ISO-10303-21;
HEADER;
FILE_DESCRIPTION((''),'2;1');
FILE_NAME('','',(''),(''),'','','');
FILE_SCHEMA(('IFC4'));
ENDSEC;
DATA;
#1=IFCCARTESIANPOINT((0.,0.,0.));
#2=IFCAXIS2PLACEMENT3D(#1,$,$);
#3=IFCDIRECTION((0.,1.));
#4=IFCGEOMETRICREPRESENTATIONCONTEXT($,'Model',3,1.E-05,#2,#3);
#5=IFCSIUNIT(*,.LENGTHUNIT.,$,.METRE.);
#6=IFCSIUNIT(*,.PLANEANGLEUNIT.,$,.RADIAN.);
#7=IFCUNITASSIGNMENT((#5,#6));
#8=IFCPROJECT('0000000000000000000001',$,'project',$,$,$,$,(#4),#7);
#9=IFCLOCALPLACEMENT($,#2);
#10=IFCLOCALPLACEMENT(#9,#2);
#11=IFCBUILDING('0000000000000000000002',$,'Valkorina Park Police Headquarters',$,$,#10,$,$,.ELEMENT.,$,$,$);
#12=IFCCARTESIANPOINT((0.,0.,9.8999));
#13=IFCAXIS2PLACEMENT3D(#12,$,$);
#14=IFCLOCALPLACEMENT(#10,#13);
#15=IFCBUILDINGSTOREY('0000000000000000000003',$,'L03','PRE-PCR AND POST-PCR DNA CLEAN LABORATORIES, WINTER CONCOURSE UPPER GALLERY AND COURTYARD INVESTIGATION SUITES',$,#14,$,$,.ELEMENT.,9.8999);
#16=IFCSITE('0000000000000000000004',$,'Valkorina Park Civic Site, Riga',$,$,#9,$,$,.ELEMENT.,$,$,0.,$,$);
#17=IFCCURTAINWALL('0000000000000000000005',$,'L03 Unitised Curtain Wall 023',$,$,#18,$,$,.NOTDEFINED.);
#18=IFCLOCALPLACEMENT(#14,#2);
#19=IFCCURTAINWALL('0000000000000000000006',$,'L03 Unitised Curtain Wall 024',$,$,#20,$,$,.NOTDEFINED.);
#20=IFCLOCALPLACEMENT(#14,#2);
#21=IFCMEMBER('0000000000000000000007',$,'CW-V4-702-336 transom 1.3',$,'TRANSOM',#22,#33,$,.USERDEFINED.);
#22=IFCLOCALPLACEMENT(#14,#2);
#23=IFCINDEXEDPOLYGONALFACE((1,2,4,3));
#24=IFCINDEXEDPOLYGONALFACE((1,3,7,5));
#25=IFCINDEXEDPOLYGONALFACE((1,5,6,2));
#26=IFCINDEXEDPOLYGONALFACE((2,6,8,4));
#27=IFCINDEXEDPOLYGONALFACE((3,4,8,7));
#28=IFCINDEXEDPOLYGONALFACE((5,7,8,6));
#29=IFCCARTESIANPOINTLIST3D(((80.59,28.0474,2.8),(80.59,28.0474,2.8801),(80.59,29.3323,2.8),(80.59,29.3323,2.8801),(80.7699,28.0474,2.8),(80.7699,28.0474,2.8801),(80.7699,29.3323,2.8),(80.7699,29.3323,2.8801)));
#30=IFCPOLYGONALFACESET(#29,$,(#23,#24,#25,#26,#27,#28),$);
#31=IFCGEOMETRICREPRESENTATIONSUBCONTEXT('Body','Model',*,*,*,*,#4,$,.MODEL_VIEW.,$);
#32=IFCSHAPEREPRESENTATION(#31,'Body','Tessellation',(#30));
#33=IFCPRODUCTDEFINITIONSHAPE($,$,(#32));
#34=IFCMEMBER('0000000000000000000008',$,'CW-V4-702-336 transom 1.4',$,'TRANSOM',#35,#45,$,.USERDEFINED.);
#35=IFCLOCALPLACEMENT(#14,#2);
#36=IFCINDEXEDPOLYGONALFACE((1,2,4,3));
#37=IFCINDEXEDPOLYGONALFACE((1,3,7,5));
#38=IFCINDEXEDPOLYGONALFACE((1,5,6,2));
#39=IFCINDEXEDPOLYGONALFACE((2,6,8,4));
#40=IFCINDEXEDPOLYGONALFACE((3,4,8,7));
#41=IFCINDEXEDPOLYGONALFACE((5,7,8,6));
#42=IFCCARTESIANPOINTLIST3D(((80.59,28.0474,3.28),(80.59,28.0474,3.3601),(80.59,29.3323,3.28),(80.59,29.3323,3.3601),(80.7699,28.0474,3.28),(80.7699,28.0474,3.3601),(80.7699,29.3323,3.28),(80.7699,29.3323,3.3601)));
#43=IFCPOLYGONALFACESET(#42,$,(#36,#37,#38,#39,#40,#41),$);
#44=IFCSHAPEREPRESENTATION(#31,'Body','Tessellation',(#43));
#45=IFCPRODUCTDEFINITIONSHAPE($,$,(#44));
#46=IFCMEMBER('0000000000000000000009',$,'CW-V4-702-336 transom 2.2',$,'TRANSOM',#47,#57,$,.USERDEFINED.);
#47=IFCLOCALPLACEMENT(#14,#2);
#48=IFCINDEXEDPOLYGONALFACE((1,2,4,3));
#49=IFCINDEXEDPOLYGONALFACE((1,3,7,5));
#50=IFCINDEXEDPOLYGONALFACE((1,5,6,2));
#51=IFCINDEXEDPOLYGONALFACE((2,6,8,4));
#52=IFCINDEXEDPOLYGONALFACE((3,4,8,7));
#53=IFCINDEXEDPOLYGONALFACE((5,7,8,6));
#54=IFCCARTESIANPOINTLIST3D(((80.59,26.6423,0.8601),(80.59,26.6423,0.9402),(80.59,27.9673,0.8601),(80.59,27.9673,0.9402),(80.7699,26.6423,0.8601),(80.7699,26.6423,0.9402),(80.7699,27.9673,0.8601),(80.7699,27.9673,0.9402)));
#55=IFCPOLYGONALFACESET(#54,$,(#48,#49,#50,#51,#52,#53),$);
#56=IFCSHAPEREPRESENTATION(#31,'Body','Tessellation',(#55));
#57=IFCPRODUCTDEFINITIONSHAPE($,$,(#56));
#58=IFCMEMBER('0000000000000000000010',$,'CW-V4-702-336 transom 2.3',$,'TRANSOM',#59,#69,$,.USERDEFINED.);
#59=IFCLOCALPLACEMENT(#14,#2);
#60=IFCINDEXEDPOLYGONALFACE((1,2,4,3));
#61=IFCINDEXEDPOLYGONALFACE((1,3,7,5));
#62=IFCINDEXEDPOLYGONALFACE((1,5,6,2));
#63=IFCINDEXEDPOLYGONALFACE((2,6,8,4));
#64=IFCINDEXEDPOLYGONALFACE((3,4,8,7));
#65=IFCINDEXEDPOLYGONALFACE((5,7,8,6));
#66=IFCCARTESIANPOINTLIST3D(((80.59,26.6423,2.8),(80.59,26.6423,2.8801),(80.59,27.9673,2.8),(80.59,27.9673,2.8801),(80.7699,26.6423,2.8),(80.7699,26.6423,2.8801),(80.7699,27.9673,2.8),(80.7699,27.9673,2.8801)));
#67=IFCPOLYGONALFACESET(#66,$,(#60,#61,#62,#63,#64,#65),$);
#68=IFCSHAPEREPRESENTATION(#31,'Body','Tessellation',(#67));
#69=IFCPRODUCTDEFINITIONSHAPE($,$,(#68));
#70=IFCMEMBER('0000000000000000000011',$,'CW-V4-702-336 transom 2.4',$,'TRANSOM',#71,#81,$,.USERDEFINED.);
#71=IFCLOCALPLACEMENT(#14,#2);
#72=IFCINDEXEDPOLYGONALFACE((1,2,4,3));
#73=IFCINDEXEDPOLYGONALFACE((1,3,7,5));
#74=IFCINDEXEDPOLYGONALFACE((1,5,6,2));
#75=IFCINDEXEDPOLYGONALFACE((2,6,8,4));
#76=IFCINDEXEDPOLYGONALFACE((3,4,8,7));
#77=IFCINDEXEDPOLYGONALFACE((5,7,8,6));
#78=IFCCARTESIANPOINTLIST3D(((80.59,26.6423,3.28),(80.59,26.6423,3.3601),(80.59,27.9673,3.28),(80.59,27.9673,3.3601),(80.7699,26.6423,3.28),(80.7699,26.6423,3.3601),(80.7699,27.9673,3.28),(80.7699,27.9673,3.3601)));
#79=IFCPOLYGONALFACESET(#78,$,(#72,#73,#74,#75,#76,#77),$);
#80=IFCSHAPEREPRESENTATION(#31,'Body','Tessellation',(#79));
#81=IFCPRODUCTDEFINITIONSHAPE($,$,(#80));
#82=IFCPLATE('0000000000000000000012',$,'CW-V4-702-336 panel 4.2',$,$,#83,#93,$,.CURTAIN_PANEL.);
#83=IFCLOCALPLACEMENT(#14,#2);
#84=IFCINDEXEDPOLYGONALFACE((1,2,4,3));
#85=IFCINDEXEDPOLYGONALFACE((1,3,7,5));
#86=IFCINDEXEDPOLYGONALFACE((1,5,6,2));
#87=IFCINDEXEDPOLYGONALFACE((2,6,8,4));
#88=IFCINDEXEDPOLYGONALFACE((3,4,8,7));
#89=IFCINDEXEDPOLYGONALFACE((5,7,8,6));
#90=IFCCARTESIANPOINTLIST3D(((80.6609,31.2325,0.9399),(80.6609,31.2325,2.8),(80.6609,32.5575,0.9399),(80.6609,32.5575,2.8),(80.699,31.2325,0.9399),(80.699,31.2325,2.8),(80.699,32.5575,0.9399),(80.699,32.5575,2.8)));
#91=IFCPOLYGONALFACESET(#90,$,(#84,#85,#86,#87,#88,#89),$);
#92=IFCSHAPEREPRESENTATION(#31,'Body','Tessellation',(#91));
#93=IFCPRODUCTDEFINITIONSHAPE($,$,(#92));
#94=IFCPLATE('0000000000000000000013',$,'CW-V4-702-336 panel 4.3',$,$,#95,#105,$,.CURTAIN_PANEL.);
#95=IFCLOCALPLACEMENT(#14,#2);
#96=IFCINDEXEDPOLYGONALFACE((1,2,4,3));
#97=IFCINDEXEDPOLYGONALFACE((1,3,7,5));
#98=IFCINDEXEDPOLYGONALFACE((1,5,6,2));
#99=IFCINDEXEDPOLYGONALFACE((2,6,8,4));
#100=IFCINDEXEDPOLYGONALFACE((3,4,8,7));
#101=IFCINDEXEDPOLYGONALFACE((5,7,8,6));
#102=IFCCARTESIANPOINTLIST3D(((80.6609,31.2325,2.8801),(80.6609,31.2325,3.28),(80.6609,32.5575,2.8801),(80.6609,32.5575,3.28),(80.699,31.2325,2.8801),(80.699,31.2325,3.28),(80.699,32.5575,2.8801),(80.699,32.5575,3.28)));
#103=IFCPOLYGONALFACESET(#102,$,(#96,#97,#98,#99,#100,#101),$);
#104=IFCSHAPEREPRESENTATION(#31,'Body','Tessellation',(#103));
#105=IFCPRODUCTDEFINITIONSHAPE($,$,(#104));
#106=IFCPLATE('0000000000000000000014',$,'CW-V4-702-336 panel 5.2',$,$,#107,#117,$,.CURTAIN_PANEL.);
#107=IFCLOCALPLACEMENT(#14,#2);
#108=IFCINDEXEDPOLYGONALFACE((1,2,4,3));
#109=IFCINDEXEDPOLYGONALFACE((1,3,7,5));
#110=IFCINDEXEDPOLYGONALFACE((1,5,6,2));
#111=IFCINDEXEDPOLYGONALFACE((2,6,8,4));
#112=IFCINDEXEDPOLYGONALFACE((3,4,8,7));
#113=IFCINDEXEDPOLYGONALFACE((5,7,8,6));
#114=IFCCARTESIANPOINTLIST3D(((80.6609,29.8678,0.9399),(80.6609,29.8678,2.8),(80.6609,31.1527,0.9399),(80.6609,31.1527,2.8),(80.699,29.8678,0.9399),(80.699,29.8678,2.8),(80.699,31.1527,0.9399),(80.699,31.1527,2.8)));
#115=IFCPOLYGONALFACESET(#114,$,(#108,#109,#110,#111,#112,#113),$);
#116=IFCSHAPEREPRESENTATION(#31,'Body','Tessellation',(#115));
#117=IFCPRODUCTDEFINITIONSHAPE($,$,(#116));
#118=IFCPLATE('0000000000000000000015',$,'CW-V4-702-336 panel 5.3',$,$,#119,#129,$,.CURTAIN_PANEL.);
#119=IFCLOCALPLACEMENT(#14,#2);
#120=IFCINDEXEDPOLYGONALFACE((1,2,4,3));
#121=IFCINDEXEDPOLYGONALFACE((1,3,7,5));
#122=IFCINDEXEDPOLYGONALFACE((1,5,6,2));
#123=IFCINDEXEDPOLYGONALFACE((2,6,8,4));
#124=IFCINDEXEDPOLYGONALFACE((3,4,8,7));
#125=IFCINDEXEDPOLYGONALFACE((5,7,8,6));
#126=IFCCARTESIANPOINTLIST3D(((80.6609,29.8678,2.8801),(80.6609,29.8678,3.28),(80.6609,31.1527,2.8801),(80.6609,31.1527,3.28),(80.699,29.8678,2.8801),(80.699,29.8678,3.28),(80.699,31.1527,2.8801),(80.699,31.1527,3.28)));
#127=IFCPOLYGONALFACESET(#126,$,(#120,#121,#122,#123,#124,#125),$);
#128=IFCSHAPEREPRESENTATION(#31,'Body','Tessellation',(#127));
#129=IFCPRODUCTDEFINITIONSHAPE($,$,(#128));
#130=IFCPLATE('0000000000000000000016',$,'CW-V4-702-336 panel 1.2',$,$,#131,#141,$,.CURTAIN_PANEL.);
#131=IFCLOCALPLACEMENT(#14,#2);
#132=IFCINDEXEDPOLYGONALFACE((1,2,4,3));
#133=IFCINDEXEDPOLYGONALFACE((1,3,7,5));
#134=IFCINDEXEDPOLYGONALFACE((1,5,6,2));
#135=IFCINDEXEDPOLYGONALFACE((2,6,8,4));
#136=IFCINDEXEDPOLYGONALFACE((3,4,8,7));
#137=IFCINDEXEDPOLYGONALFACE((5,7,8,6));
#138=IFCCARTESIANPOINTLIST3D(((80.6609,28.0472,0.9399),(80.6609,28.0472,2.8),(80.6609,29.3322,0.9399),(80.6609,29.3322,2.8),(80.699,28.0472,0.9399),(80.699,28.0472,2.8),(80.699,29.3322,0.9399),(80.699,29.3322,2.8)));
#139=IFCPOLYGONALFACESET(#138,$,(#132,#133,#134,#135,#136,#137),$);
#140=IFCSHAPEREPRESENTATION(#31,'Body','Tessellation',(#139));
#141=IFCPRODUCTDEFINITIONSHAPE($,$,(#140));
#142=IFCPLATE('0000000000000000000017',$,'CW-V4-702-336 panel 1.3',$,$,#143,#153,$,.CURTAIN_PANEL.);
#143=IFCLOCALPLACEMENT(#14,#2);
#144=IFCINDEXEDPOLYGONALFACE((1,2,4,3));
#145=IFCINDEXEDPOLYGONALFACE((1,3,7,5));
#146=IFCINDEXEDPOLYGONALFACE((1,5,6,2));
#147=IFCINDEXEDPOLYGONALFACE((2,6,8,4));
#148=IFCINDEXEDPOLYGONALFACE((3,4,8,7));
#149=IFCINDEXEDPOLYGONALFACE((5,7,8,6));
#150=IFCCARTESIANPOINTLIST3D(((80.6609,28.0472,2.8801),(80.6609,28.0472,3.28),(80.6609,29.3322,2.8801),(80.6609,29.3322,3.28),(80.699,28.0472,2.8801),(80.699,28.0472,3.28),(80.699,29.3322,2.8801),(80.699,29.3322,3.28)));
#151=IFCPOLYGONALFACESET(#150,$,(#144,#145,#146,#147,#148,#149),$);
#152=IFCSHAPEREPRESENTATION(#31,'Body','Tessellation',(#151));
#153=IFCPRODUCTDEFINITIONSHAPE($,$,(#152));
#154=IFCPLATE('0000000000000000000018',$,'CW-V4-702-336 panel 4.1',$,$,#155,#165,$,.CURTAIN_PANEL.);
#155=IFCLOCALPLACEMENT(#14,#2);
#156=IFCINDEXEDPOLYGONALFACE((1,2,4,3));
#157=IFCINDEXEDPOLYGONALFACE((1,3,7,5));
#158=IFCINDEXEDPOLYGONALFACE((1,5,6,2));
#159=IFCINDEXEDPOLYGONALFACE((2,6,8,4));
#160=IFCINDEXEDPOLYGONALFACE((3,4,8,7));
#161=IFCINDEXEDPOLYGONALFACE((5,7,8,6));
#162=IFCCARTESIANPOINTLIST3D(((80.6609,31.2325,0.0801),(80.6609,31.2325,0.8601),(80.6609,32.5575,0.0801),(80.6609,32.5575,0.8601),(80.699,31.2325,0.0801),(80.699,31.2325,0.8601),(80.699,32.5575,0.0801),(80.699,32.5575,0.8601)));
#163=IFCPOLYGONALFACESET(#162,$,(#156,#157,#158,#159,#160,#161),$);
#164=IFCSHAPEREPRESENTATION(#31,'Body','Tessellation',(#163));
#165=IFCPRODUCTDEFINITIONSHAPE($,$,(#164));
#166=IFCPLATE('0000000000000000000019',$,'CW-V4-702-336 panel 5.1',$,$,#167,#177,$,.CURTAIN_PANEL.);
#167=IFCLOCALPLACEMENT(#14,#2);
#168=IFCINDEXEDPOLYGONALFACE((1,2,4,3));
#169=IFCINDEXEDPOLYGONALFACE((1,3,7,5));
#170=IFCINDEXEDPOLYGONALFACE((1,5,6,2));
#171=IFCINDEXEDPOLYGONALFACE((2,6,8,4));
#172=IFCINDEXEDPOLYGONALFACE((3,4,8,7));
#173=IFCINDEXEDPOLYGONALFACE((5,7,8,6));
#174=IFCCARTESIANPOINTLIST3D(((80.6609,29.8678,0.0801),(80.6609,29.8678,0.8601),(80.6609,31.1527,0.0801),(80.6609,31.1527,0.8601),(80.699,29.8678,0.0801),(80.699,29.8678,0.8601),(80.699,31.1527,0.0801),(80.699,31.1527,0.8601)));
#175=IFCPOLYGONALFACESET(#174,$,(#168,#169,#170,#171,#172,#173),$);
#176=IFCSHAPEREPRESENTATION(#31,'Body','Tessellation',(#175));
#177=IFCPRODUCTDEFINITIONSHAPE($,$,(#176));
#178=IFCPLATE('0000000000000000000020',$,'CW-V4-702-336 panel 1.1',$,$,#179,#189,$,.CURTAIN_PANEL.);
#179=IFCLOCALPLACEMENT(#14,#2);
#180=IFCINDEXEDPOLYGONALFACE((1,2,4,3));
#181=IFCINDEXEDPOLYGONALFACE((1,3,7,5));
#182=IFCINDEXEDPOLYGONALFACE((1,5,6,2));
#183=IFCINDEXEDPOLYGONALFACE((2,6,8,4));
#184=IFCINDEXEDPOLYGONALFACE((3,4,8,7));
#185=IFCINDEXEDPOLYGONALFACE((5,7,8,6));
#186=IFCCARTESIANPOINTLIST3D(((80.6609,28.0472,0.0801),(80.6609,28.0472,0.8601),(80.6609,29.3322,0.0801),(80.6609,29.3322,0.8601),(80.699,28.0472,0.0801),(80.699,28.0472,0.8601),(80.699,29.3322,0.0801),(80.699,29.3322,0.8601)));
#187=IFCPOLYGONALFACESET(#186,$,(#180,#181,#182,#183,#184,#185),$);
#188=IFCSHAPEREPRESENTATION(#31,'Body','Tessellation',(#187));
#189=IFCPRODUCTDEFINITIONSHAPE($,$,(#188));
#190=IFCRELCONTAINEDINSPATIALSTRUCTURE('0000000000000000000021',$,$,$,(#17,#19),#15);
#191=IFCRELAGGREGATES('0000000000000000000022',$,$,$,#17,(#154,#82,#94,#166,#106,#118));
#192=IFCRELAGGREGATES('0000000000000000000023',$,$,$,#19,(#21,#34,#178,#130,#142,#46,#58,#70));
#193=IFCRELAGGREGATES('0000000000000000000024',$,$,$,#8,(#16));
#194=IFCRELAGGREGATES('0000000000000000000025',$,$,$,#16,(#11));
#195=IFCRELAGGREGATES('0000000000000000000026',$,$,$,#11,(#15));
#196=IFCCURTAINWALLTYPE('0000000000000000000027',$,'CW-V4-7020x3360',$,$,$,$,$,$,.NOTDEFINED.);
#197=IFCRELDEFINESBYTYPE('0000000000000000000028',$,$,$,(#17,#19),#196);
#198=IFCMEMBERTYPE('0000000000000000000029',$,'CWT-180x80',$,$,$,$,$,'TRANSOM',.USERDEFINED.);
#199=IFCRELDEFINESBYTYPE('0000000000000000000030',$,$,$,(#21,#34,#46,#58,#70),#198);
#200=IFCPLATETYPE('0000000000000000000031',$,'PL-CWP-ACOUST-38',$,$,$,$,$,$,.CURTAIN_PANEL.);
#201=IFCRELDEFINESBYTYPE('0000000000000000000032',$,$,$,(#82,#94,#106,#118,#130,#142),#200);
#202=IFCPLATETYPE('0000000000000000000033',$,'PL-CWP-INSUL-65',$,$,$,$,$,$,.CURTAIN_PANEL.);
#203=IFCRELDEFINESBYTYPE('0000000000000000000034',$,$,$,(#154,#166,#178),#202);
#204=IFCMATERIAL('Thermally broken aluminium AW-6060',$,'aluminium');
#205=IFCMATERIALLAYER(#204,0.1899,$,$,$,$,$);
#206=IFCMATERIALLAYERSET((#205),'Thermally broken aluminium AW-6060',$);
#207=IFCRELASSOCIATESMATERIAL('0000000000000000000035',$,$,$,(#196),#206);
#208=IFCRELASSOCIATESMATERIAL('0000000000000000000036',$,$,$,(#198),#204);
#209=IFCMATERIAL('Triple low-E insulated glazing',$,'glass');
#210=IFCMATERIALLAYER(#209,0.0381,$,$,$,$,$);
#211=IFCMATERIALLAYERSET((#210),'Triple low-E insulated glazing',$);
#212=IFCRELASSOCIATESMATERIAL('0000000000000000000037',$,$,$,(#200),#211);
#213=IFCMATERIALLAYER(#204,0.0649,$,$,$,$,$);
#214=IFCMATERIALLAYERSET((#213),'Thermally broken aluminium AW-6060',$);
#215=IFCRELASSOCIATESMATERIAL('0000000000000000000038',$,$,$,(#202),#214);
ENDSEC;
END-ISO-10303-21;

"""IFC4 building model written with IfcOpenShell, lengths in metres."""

from ifc_helpers import new_model, si_unit, direction, frame, origin, origin_2d, place, context, subcontext, project, spatial, rectangle, extrude, material, layer, layer_set, material_profile, profile_set, type_object, element, aggregate, save


model = new_model("IFC4")

# Units and contexts
model_context = context("Model", 3, precision=1e-05, world=origin(), true_north=direction((0.0, 1.0)))
body_context = subcontext(model_context, "Body", "Model", "MODEL_VIEW")
ifc_project = project(units=[si_unit("LENGTHUNIT", "METRE"), si_unit("PLANEANGLEUNIT", "RADIAN")], contexts=[model_context])

# Site, building, storey
site_placement = place(None, origin())
site = spatial("IfcSite", under=ifc_project, at=site_placement, Name="Valkorina Park Civic Site, Riga", CompositionType="ELEMENT", RefElevation=0.0)
building_placement = place(site_placement, origin())
building = spatial("IfcBuilding", under=site, at=building_placement, Name="Valkorina Park Police Headquarters", CompositionType="ELEMENT")
storey_placement = place(building_placement, frame((0.0, 0.0, 9.8999)))
storey = spatial("IfcBuildingStorey", under=building, at=storey_placement, Name="L03", Description="PRE-PCR AND POST-PCR DNA CLEAN LABORATORIES, WINTER CONCOURSE UPPER GALLERY AND COURTYARD INVESTIGATION SUITES", CompositionType="ELEMENT", Elevation=9.8999)

# Curtain walls
ifc_material_1 = material(Name="Thermally broken aluminium AW-6060", Category="aluminium")
ifc_layer_1 = layer(ifc_material_1, 0.1899)
ifc_layer_set_1 = layer_set([ifc_layer_1], Name="Thermally broken aluminium AW-6060")
curtain_wall_type = type_object("IfcCurtainWallType", Name="CW-V4-7020x3360", PredefinedType="NOTDEFINED", material=ifc_layer_set_1)
curtain_wall_1_placement = place(storey_placement, origin())
curtain_wall_1 = element("IfcCurtainWall", 1, at=curtain_wall_1_placement, inside=storey, type_object=curtain_wall_type, Name="L03 Unitised Curtain Wall 023", PredefinedType="NOTDEFINED")
curtain_wall_2_placement = place(storey_placement, origin())
curtain_wall_2 = element("IfcCurtainWall", 2, at=curtain_wall_2_placement, inside=storey, type_object=curtain_wall_type, Name="L03 Unitised Curtain Wall 024", PredefinedType="NOTDEFINED")

# Members
ifc_material_profile_1 = material_profile(ifc_material_1, rectangle(XDim=0.1799, YDim=0.0801, at=origin_2d()), Name="CWT-03 180x80")
ifc_profile_set_1 = profile_set([ifc_material_profile_1], Name="Thermally broken aluminium AW-6060")
member_type_1 = type_object("IfcMemberType", Name="CWT-180x80", ElementType="TRANSOM", PredefinedType="USERDEFINED", material=ifc_profile_set_1)
member_1_placement = place(storey_placement, frame((80.6799, 29.3323, 2.8401), z_axis=(0.0, -1.0, 0.0), x_axis=(1.0, 0.0, 0.0)))
member_1 = element("IfcMember", 3, at=member_1_placement, type_object=member_type_1, Name="CW-V4-702-336 transom 1.3", ObjectType="TRANSOM", PredefinedType="USERDEFINED", context=body_context, shape_type="SweptSolid", body=[
    extrude(rectangle(XDim=0.1799, YDim=0.0801, at=origin_2d()), origin(), (0.0, 0.0, 1.0), 1.2849),
])
member_2_placement = place(storey_placement, frame((80.6799, 29.3323, 3.3201), z_axis=(0.0, -1.0, 0.0), x_axis=(1.0, 0.0, 0.0)))
member_2 = element("IfcMember", 4, at=member_2_placement, type_object=member_type_1, Name="CW-V4-702-336 transom 1.4", ObjectType="TRANSOM", PredefinedType="USERDEFINED", context=body_context, shape_type="SweptSolid", body=[
    extrude(rectangle(XDim=0.1799, YDim=0.0801, at=origin_2d()), origin(), (0.0, 0.0, 1.0), 1.2849),
])
member_3_placement = place(storey_placement, frame((80.6799, 27.9673, 0.9001), z_axis=(0.0, -1.0, 0.0), x_axis=(1.0, 0.0, 0.0)))
member_3 = element("IfcMember", 5, at=member_3_placement, type_object=member_type_1, Name="CW-V4-702-336 transom 2.2", ObjectType="TRANSOM", PredefinedType="USERDEFINED", context=body_context, shape_type="SweptSolid", body=[
    extrude(rectangle(XDim=0.1799, YDim=0.0801, at=origin_2d()), origin(), (0.0, 0.0, 1.0), 1.325),
])
member_4_placement = place(storey_placement, frame((80.6799, 27.9673, 2.8401), z_axis=(0.0, -1.0, 0.0), x_axis=(1.0, 0.0, 0.0)))
member_4 = element("IfcMember", 6, at=member_4_placement, type_object=member_type_1, Name="CW-V4-702-336 transom 2.3", ObjectType="TRANSOM", PredefinedType="USERDEFINED", context=body_context, shape_type="SweptSolid", body=[
    extrude(rectangle(XDim=0.1799, YDim=0.0801, at=origin_2d()), origin(), (0.0, 0.0, 1.0), 1.325),
])
member_5_placement = place(storey_placement, frame((80.6799, 27.9673, 3.3201), z_axis=(0.0, -1.0, 0.0), x_axis=(1.0, 0.0, 0.0)))
member_5 = element("IfcMember", 7, at=member_5_placement, type_object=member_type_1, Name="CW-V4-702-336 transom 2.4", ObjectType="TRANSOM", PredefinedType="USERDEFINED", context=body_context, shape_type="SweptSolid", body=[
    extrude(rectangle(XDim=0.1799, YDim=0.0801, at=origin_2d()), origin(), (0.0, 0.0, 1.0), 1.325),
])

# Plates
ifc_material_2 = material(Name="Triple low-E insulated glazing", Category="glass")
ifc_layer_2 = layer(ifc_material_2, 0.0381)
ifc_layer_set_2 = layer_set([ifc_layer_2], Name="Triple low-E insulated glazing")
plate_type_1 = type_object("IfcPlateType", Name="PL-CWP-ACOUST-38", PredefinedType="CURTAIN_PANEL", material=ifc_layer_set_2)
plate_1_placement = place(storey_placement, frame((80.6799, 31.895, 0.9399), z_axis=(0.0, 0.0, 1.0), x_axis=(0.0, -1.0, 0.0)))
plate_1 = element("IfcPlate", 8, at=plate_1_placement, type_object=plate_type_1, Name="CW-V4-702-336 panel 4.2", PredefinedType="CURTAIN_PANEL", context=body_context, shape_type="SweptSolid", body=[
    extrude(rectangle(XDim=1.325, YDim=0.0381, at=origin_2d()), origin(), (0.0, 0.0, 1.0), 1.8601),
])
plate_2_placement = place(storey_placement, frame((80.6799, 31.895, 2.8801), z_axis=(0.0, 0.0, 1.0), x_axis=(0.0, -1.0, 0.0)))
plate_2 = element("IfcPlate", 9, at=plate_2_placement, type_object=plate_type_1, Name="CW-V4-702-336 panel 4.3", PredefinedType="CURTAIN_PANEL", context=body_context, shape_type="SweptSolid", body=[
    extrude(rectangle(XDim=1.325, YDim=0.0381, at=origin_2d()), origin(), (0.0, 0.0, 1.0), 0.3999),
])
plate_3_placement = place(storey_placement, frame((80.6799, 30.5103, 0.9399), z_axis=(0.0, 0.0, 1.0), x_axis=(0.0, -1.0, 0.0)))
plate_3 = element("IfcPlate", 10, at=plate_3_placement, type_object=plate_type_1, Name="CW-V4-702-336 panel 5.2", PredefinedType="CURTAIN_PANEL", context=body_context, shape_type="SweptSolid", body=[
    extrude(rectangle(XDim=1.2849, YDim=0.0381, at=origin_2d()), origin(), (0.0, 0.0, 1.0), 1.8601),
])
plate_4_placement = place(storey_placement, frame((80.6799, 30.5103, 2.8801), z_axis=(0.0, 0.0, 1.0), x_axis=(0.0, -1.0, 0.0)))
plate_4 = element("IfcPlate", 11, at=plate_4_placement, type_object=plate_type_1, Name="CW-V4-702-336 panel 5.3", PredefinedType="CURTAIN_PANEL", context=body_context, shape_type="SweptSolid", body=[
    extrude(rectangle(XDim=1.2849, YDim=0.0381, at=origin_2d()), origin(), (0.0, 0.0, 1.0), 0.3999),
])
plate_5_placement = place(storey_placement, frame((80.6799, 28.6897, 0.9399), z_axis=(0.0, 0.0, 1.0), x_axis=(0.0, -1.0, 0.0)))
plate_5 = element("IfcPlate", 12, at=plate_5_placement, type_object=plate_type_1, Name="CW-V4-702-336 panel 1.2", PredefinedType="CURTAIN_PANEL", context=body_context, shape_type="SweptSolid", body=[
    extrude(rectangle(XDim=1.2849, YDim=0.0381, at=origin_2d()), origin(), (0.0, 0.0, 1.0), 1.8601),
])
plate_6_placement = place(storey_placement, frame((80.6799, 28.6897, 2.8801), z_axis=(0.0, 0.0, 1.0), x_axis=(0.0, -1.0, 0.0)))
plate_6 = element("IfcPlate", 13, at=plate_6_placement, type_object=plate_type_1, Name="CW-V4-702-336 panel 1.3", PredefinedType="CURTAIN_PANEL", context=body_context, shape_type="SweptSolid", body=[
    extrude(rectangle(XDim=1.2849, YDim=0.0381, at=origin_2d()), origin(), (0.0, 0.0, 1.0), 0.3999),
])
ifc_layer_3 = layer(ifc_material_1, 0.0649)
ifc_layer_set_3 = layer_set([ifc_layer_3], Name="Thermally broken aluminium AW-6060")
plate_type_2 = type_object("IfcPlateType", Name="PL-CWP-INSUL-65", PredefinedType="CURTAIN_PANEL", material=ifc_layer_set_3)
plate_7_placement = place(storey_placement, frame((80.6799, 31.895, 0.0801), z_axis=(0.0, 0.0, 1.0), x_axis=(0.0, -1.0, 0.0)))
plate_7 = element("IfcPlate", 14, at=plate_7_placement, type_object=plate_type_2, Name="CW-V4-702-336 panel 4.1", PredefinedType="CURTAIN_PANEL", context=body_context, shape_type="SweptSolid", body=[
    extrude(rectangle(XDim=1.325, YDim=0.0381, at=origin_2d()), origin(), (0.0, 0.0, 1.0), 0.78),
])
plate_8_placement = place(storey_placement, frame((80.6799, 30.5103, 0.0801), z_axis=(0.0, 0.0, 1.0), x_axis=(0.0, -1.0, 0.0)))
plate_8 = element("IfcPlate", 15, at=plate_8_placement, type_object=plate_type_2, Name="CW-V4-702-336 panel 5.1", PredefinedType="CURTAIN_PANEL", context=body_context, shape_type="SweptSolid", body=[
    extrude(rectangle(XDim=1.2849, YDim=0.0381, at=origin_2d()), origin(), (0.0, 0.0, 1.0), 0.78),
])
aggregate(curtain_wall_1, [plate_7, plate_1, plate_2, plate_8, plate_3, plate_4])
plate_9_placement = place(storey_placement, frame((80.6799, 28.6897, 0.0801), z_axis=(0.0, 0.0, 1.0), x_axis=(0.0, -1.0, 0.0)))
plate_9 = element("IfcPlate", 16, at=plate_9_placement, type_object=plate_type_2, Name="CW-V4-702-336 panel 1.1", PredefinedType="CURTAIN_PANEL", context=body_context, shape_type="SweptSolid", body=[
    extrude(rectangle(XDim=1.2849, YDim=0.0381, at=origin_2d()), origin(), (0.0, 0.0, 1.0), 0.78),
])
aggregate(curtain_wall_2, [member_1, member_2, plate_9, plate_5, plate_6, member_3, member_4, member_5])

save(model, "model.ifc")
